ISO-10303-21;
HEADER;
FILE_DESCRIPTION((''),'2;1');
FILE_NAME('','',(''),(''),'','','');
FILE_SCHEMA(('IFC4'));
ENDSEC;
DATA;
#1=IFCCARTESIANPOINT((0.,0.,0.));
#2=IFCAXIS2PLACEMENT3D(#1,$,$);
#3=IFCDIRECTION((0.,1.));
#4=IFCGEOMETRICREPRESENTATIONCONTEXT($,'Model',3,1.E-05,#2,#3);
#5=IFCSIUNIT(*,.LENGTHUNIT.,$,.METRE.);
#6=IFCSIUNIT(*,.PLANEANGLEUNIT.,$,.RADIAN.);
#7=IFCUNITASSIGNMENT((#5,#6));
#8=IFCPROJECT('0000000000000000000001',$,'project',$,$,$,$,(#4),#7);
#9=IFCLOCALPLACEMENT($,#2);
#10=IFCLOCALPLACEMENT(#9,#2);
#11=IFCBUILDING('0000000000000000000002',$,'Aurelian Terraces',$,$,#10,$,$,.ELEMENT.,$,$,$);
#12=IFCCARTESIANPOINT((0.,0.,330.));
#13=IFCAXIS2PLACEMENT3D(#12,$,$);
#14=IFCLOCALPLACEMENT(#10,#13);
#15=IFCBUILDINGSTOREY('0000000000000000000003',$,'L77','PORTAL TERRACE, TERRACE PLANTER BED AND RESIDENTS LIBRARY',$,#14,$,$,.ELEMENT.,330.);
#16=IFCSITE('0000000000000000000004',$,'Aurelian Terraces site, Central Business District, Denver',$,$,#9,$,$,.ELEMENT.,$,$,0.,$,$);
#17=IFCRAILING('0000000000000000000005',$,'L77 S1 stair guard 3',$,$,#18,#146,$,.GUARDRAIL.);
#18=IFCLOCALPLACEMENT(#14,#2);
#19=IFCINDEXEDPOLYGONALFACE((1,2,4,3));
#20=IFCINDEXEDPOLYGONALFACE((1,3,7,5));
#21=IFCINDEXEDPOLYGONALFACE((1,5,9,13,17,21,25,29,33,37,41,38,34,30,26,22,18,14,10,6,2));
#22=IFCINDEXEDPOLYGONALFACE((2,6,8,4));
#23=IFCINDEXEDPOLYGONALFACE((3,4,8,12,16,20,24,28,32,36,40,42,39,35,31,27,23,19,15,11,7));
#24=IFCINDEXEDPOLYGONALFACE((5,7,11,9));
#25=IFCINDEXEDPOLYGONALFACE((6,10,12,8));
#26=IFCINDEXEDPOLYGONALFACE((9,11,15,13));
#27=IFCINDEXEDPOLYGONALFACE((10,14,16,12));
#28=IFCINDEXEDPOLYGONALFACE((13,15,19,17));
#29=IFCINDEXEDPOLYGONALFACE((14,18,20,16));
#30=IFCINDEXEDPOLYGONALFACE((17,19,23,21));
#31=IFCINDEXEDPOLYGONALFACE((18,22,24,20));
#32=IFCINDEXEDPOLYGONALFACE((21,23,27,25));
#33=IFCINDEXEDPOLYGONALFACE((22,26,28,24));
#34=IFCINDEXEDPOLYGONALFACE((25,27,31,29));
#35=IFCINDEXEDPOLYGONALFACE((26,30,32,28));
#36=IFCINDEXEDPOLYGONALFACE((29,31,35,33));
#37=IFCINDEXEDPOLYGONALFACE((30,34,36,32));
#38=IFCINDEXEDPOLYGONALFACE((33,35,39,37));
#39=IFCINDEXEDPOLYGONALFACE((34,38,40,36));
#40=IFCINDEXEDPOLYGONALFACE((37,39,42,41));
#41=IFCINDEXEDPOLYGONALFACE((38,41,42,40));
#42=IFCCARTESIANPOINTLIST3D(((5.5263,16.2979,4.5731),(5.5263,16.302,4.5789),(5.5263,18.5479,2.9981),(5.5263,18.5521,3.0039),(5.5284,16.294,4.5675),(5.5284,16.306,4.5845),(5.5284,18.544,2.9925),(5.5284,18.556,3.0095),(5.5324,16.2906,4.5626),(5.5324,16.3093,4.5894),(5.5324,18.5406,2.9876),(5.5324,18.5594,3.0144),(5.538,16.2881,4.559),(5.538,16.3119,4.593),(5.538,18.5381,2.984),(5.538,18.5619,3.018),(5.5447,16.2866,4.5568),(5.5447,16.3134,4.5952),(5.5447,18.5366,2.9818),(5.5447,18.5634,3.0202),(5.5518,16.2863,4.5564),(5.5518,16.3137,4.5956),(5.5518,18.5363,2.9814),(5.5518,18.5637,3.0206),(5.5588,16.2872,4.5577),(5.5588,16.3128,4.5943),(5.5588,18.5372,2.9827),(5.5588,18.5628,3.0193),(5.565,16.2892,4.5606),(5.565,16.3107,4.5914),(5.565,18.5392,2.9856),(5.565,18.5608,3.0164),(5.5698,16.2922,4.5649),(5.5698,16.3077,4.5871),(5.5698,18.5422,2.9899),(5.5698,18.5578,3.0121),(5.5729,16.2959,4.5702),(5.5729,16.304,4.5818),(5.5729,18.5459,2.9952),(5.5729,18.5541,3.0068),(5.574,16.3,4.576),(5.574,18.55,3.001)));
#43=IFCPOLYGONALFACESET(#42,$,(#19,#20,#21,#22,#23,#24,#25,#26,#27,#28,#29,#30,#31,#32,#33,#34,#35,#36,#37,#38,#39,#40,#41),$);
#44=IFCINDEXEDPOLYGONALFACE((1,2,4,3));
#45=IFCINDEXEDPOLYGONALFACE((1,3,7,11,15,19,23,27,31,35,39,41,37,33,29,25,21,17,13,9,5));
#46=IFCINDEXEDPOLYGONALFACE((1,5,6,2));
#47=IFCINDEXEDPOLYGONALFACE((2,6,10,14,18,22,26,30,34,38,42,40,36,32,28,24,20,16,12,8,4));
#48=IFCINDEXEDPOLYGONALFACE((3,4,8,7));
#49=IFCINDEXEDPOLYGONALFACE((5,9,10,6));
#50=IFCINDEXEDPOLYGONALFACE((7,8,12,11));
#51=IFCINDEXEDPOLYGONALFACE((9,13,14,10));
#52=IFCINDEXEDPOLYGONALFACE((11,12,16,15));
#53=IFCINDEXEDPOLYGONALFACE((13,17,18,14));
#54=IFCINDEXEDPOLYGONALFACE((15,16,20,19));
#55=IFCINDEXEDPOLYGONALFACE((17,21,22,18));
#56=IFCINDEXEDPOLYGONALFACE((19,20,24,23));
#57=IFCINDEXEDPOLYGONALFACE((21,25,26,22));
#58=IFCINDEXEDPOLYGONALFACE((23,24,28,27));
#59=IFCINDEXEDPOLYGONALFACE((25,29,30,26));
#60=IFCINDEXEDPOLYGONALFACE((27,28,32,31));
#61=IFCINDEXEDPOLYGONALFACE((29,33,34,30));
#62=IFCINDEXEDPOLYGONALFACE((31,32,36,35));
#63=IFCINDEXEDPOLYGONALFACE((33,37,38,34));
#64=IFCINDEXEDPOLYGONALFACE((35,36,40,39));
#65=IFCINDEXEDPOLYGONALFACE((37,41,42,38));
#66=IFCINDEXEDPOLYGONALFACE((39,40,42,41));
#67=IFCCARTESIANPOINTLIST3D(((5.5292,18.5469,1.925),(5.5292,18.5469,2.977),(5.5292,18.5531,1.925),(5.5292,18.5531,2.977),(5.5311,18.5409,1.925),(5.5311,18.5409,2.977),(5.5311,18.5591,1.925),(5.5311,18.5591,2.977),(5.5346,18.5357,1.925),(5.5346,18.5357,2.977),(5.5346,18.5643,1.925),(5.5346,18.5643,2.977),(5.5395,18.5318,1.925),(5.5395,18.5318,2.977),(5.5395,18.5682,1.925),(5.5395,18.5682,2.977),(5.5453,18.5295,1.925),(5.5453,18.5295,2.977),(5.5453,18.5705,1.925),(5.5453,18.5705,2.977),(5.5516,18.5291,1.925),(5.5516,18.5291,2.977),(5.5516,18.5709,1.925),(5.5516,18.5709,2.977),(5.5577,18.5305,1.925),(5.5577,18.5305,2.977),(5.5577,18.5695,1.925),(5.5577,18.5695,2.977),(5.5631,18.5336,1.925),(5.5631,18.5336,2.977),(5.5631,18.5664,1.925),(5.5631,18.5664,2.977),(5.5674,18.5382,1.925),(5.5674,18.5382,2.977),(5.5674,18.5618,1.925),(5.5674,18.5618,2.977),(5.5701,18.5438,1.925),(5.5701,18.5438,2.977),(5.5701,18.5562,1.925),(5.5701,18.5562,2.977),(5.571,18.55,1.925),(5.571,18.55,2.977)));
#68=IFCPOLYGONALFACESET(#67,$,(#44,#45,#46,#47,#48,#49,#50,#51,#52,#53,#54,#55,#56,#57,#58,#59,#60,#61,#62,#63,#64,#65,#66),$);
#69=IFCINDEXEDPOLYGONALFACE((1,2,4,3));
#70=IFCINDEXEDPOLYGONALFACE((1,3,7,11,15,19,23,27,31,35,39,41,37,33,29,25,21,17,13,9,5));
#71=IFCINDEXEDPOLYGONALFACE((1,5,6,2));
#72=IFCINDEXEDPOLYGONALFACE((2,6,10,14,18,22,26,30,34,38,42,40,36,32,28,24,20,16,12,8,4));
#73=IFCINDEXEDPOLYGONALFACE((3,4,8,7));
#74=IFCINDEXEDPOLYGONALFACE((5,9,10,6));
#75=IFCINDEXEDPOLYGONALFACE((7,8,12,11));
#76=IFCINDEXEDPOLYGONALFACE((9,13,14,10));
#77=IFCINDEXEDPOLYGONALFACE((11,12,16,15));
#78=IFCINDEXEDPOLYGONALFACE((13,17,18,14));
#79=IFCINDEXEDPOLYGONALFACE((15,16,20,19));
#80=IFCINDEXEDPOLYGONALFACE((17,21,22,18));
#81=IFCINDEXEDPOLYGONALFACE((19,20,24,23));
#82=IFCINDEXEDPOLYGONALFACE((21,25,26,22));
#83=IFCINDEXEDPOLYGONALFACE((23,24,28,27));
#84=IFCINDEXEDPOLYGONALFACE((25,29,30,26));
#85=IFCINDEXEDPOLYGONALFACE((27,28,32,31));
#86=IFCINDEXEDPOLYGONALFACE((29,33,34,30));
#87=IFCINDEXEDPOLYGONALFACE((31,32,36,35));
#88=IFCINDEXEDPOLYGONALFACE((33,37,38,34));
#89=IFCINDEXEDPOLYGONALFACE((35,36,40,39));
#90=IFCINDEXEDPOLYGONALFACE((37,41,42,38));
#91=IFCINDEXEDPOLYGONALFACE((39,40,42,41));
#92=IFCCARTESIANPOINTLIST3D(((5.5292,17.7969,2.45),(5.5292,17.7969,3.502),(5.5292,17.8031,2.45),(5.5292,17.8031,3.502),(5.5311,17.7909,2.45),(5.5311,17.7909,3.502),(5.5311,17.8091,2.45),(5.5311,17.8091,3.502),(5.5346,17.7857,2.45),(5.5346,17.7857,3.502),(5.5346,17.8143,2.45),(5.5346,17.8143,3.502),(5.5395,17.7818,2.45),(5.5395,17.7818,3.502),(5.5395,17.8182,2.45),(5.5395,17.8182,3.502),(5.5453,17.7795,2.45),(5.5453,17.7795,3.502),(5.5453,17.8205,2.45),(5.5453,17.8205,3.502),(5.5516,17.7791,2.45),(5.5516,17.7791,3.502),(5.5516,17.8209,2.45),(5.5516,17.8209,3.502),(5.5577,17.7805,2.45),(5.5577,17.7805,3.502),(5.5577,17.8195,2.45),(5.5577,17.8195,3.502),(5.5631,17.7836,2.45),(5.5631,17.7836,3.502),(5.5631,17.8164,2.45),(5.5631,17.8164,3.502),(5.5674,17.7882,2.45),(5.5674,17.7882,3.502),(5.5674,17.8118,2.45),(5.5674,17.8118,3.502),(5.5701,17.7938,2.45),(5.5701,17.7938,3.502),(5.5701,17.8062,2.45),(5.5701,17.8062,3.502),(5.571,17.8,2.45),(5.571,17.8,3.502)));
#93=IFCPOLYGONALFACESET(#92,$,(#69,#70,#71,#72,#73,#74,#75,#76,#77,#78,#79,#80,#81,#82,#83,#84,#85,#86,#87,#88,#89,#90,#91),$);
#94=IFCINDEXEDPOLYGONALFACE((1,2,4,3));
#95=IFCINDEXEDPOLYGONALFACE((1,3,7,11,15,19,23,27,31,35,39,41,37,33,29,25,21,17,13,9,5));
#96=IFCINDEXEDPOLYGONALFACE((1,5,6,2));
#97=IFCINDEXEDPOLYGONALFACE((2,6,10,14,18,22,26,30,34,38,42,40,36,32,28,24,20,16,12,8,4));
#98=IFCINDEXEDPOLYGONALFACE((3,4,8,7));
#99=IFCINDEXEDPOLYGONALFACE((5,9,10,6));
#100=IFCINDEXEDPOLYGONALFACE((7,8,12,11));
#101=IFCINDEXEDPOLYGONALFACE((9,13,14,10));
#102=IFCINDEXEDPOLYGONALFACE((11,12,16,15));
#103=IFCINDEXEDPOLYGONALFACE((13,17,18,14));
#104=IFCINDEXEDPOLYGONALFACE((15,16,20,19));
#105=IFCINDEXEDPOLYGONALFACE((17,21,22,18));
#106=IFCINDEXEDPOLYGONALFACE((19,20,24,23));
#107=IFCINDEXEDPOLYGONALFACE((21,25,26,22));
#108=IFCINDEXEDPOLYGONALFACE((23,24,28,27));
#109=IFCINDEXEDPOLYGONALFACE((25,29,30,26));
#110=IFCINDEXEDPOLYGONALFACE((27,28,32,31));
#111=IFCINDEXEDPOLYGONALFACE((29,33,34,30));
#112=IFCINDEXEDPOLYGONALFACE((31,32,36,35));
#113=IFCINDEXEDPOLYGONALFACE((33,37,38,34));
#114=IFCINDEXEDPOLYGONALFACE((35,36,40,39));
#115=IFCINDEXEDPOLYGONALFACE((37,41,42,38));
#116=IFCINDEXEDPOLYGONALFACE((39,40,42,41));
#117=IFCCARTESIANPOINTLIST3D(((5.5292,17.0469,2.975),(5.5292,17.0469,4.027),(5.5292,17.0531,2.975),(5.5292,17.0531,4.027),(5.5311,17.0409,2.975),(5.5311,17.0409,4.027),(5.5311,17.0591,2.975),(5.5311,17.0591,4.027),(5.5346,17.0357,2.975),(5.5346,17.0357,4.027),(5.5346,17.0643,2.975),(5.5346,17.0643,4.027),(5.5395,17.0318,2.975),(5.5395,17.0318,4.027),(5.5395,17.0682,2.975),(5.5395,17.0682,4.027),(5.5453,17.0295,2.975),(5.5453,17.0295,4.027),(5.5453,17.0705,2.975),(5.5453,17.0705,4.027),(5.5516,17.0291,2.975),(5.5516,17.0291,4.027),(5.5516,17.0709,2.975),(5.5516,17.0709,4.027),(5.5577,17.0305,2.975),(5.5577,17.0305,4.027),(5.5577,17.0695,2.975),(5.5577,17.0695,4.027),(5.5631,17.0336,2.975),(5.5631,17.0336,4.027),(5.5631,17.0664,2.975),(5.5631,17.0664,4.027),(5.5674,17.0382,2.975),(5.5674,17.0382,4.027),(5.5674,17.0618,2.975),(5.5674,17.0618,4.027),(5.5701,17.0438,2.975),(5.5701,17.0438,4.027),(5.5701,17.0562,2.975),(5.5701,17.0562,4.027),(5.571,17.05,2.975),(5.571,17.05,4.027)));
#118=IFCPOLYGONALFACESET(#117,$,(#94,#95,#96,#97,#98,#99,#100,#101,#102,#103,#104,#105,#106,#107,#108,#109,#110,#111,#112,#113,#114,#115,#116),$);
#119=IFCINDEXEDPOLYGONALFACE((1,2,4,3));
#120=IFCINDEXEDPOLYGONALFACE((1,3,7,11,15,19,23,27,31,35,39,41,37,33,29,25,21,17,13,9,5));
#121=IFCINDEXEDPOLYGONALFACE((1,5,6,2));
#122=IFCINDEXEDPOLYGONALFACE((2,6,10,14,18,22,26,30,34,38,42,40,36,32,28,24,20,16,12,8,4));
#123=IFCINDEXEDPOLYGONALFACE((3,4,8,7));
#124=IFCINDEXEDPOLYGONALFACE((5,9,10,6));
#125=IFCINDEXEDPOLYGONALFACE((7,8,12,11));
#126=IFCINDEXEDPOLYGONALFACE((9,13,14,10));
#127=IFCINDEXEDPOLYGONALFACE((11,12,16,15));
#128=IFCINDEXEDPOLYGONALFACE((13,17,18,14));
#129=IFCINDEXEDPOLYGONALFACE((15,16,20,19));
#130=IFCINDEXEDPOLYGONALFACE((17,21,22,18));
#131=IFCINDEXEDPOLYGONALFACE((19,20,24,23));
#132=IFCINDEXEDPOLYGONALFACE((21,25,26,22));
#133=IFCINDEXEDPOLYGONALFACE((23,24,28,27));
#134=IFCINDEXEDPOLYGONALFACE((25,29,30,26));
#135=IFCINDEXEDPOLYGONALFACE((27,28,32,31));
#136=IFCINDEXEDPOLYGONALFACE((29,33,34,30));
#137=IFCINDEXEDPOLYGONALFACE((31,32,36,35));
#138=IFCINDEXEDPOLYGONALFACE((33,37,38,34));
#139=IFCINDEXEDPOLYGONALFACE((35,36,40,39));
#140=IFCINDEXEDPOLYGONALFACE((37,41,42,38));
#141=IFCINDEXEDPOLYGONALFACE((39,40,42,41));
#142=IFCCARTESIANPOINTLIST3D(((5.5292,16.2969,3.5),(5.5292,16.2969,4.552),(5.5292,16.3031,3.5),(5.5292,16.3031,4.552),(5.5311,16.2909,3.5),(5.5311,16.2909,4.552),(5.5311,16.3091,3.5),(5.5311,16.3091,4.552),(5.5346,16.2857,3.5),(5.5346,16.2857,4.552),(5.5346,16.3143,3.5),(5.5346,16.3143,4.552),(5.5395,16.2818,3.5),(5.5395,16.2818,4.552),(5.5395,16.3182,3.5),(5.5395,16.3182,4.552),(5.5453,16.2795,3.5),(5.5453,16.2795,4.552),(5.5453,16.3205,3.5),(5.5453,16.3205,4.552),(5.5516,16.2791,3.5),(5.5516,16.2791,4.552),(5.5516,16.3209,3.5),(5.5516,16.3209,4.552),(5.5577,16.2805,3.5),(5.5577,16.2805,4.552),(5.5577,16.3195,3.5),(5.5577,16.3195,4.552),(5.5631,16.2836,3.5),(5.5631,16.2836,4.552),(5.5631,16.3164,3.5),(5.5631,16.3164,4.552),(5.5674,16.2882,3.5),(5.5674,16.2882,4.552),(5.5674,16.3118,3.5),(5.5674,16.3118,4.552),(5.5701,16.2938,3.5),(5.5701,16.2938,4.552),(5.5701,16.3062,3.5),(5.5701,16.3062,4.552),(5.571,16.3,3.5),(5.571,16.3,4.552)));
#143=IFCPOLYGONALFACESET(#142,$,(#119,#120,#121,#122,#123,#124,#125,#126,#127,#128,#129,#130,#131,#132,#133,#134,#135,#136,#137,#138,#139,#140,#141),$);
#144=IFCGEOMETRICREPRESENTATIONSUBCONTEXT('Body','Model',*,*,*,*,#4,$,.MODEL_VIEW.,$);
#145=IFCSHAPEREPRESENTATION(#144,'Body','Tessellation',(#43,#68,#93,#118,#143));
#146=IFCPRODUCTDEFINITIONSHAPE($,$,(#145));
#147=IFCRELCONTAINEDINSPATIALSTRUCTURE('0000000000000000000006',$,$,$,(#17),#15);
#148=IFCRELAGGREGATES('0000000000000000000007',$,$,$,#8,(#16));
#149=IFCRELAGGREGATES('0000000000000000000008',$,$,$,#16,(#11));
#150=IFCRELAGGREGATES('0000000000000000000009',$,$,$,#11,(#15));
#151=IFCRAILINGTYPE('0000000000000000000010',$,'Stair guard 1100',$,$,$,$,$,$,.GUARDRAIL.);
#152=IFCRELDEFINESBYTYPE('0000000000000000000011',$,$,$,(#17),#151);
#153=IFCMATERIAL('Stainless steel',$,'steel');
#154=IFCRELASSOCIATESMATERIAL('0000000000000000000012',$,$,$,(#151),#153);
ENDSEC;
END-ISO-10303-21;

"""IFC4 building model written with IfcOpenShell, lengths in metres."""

from ifc_helpers import new_model, si_unit, direction, frame, origin, origin_2d, place, context, subcontext, project, spatial, circle, extrude, source, transform, mapped, material, type_object, element, save


model = new_model("IFC4")

# Units and contexts
model_context = context("Model", 3, precision=1e-05, world=origin(), true_north=direction((0.0, 1.0)))
body_context = subcontext(model_context, "Body", "Model", "MODEL_VIEW")
ifc_project = project(units=[si_unit("LENGTHUNIT", "METRE"), si_unit("PLANEANGLEUNIT", "RADIAN")], contexts=[model_context])

# Site, building, storey
site_placement = place(None, origin())
site = spatial("IfcSite", under=ifc_project, at=site_placement, Name="Aurelian Terraces site, Central Business District, Denver", CompositionType="ELEMENT", RefElevation=0.0)
building_placement = place(site_placement, origin())
building = spatial("IfcBuilding", under=site, at=building_placement, Name="Aurelian Terraces", CompositionType="ELEMENT")
storey_placement = place(building_placement, frame((0.0, 0.0, 330.0)))
storey = spatial("IfcBuildingStorey", under=building, at=storey_placement, Name="L77", Description="PORTAL TERRACE, TERRACE PLANTER BED AND RESIDENTS LIBRARY", CompositionType="ELEMENT", Elevation=330.0)

# Railing
ifc_material_1 = material(Name="Stainless steel", Category="steel")
railing_type_1 = type_object("IfcRailingType", Name="Stair guard 1100", PredefinedType="GUARDRAIL", material=ifc_material_1)
shared_shape_1 = source(origin(), body_context, "Body", "SweptSolid", [
    extrude(circle(Radius=0.024, at=origin_2d()), frame((0.0, 0.0, 1.076), z_axis=(0.0, -0.819232, 0.573462), x_axis=(1.0, 0.0, 0.0)), (0.0, 0.0, 1.0), 2.7465),
    extrude(circle(Radius=0.021, at=origin_2d()), origin(), (0.0, 0.0, 1.0), 1.052),
    extrude(circle(Radius=0.021, at=origin_2d()), frame((0.0, -0.75, 0.525)), (0.0, 0.0, 1.0), 1.052),
    extrude(circle(Radius=0.021, at=origin_2d()), frame((0.0, -1.5, 1.05)), (0.0, 0.0, 1.0), 1.052),
    extrude(circle(Radius=0.021, at=origin_2d()), frame((0.0, -2.25, 1.575)), (0.0, 0.0, 1.0), 1.052),
])
railing_1_placement = place(storey_placement, frame((5.55, 18.55, 1.925)))
element("IfcRailing", 1, at=railing_1_placement, inside=storey, type_object=railing_type_1, Name="L77 S1 stair guard 3", PredefinedType="GUARDRAIL", context=body_context, shape_type="MappedRepresentation", body=[
    mapped(shared_shape_1, transform((0.0, 0.0, 0.0), scale=1.0)),
])

save(model, "model.ifc")
